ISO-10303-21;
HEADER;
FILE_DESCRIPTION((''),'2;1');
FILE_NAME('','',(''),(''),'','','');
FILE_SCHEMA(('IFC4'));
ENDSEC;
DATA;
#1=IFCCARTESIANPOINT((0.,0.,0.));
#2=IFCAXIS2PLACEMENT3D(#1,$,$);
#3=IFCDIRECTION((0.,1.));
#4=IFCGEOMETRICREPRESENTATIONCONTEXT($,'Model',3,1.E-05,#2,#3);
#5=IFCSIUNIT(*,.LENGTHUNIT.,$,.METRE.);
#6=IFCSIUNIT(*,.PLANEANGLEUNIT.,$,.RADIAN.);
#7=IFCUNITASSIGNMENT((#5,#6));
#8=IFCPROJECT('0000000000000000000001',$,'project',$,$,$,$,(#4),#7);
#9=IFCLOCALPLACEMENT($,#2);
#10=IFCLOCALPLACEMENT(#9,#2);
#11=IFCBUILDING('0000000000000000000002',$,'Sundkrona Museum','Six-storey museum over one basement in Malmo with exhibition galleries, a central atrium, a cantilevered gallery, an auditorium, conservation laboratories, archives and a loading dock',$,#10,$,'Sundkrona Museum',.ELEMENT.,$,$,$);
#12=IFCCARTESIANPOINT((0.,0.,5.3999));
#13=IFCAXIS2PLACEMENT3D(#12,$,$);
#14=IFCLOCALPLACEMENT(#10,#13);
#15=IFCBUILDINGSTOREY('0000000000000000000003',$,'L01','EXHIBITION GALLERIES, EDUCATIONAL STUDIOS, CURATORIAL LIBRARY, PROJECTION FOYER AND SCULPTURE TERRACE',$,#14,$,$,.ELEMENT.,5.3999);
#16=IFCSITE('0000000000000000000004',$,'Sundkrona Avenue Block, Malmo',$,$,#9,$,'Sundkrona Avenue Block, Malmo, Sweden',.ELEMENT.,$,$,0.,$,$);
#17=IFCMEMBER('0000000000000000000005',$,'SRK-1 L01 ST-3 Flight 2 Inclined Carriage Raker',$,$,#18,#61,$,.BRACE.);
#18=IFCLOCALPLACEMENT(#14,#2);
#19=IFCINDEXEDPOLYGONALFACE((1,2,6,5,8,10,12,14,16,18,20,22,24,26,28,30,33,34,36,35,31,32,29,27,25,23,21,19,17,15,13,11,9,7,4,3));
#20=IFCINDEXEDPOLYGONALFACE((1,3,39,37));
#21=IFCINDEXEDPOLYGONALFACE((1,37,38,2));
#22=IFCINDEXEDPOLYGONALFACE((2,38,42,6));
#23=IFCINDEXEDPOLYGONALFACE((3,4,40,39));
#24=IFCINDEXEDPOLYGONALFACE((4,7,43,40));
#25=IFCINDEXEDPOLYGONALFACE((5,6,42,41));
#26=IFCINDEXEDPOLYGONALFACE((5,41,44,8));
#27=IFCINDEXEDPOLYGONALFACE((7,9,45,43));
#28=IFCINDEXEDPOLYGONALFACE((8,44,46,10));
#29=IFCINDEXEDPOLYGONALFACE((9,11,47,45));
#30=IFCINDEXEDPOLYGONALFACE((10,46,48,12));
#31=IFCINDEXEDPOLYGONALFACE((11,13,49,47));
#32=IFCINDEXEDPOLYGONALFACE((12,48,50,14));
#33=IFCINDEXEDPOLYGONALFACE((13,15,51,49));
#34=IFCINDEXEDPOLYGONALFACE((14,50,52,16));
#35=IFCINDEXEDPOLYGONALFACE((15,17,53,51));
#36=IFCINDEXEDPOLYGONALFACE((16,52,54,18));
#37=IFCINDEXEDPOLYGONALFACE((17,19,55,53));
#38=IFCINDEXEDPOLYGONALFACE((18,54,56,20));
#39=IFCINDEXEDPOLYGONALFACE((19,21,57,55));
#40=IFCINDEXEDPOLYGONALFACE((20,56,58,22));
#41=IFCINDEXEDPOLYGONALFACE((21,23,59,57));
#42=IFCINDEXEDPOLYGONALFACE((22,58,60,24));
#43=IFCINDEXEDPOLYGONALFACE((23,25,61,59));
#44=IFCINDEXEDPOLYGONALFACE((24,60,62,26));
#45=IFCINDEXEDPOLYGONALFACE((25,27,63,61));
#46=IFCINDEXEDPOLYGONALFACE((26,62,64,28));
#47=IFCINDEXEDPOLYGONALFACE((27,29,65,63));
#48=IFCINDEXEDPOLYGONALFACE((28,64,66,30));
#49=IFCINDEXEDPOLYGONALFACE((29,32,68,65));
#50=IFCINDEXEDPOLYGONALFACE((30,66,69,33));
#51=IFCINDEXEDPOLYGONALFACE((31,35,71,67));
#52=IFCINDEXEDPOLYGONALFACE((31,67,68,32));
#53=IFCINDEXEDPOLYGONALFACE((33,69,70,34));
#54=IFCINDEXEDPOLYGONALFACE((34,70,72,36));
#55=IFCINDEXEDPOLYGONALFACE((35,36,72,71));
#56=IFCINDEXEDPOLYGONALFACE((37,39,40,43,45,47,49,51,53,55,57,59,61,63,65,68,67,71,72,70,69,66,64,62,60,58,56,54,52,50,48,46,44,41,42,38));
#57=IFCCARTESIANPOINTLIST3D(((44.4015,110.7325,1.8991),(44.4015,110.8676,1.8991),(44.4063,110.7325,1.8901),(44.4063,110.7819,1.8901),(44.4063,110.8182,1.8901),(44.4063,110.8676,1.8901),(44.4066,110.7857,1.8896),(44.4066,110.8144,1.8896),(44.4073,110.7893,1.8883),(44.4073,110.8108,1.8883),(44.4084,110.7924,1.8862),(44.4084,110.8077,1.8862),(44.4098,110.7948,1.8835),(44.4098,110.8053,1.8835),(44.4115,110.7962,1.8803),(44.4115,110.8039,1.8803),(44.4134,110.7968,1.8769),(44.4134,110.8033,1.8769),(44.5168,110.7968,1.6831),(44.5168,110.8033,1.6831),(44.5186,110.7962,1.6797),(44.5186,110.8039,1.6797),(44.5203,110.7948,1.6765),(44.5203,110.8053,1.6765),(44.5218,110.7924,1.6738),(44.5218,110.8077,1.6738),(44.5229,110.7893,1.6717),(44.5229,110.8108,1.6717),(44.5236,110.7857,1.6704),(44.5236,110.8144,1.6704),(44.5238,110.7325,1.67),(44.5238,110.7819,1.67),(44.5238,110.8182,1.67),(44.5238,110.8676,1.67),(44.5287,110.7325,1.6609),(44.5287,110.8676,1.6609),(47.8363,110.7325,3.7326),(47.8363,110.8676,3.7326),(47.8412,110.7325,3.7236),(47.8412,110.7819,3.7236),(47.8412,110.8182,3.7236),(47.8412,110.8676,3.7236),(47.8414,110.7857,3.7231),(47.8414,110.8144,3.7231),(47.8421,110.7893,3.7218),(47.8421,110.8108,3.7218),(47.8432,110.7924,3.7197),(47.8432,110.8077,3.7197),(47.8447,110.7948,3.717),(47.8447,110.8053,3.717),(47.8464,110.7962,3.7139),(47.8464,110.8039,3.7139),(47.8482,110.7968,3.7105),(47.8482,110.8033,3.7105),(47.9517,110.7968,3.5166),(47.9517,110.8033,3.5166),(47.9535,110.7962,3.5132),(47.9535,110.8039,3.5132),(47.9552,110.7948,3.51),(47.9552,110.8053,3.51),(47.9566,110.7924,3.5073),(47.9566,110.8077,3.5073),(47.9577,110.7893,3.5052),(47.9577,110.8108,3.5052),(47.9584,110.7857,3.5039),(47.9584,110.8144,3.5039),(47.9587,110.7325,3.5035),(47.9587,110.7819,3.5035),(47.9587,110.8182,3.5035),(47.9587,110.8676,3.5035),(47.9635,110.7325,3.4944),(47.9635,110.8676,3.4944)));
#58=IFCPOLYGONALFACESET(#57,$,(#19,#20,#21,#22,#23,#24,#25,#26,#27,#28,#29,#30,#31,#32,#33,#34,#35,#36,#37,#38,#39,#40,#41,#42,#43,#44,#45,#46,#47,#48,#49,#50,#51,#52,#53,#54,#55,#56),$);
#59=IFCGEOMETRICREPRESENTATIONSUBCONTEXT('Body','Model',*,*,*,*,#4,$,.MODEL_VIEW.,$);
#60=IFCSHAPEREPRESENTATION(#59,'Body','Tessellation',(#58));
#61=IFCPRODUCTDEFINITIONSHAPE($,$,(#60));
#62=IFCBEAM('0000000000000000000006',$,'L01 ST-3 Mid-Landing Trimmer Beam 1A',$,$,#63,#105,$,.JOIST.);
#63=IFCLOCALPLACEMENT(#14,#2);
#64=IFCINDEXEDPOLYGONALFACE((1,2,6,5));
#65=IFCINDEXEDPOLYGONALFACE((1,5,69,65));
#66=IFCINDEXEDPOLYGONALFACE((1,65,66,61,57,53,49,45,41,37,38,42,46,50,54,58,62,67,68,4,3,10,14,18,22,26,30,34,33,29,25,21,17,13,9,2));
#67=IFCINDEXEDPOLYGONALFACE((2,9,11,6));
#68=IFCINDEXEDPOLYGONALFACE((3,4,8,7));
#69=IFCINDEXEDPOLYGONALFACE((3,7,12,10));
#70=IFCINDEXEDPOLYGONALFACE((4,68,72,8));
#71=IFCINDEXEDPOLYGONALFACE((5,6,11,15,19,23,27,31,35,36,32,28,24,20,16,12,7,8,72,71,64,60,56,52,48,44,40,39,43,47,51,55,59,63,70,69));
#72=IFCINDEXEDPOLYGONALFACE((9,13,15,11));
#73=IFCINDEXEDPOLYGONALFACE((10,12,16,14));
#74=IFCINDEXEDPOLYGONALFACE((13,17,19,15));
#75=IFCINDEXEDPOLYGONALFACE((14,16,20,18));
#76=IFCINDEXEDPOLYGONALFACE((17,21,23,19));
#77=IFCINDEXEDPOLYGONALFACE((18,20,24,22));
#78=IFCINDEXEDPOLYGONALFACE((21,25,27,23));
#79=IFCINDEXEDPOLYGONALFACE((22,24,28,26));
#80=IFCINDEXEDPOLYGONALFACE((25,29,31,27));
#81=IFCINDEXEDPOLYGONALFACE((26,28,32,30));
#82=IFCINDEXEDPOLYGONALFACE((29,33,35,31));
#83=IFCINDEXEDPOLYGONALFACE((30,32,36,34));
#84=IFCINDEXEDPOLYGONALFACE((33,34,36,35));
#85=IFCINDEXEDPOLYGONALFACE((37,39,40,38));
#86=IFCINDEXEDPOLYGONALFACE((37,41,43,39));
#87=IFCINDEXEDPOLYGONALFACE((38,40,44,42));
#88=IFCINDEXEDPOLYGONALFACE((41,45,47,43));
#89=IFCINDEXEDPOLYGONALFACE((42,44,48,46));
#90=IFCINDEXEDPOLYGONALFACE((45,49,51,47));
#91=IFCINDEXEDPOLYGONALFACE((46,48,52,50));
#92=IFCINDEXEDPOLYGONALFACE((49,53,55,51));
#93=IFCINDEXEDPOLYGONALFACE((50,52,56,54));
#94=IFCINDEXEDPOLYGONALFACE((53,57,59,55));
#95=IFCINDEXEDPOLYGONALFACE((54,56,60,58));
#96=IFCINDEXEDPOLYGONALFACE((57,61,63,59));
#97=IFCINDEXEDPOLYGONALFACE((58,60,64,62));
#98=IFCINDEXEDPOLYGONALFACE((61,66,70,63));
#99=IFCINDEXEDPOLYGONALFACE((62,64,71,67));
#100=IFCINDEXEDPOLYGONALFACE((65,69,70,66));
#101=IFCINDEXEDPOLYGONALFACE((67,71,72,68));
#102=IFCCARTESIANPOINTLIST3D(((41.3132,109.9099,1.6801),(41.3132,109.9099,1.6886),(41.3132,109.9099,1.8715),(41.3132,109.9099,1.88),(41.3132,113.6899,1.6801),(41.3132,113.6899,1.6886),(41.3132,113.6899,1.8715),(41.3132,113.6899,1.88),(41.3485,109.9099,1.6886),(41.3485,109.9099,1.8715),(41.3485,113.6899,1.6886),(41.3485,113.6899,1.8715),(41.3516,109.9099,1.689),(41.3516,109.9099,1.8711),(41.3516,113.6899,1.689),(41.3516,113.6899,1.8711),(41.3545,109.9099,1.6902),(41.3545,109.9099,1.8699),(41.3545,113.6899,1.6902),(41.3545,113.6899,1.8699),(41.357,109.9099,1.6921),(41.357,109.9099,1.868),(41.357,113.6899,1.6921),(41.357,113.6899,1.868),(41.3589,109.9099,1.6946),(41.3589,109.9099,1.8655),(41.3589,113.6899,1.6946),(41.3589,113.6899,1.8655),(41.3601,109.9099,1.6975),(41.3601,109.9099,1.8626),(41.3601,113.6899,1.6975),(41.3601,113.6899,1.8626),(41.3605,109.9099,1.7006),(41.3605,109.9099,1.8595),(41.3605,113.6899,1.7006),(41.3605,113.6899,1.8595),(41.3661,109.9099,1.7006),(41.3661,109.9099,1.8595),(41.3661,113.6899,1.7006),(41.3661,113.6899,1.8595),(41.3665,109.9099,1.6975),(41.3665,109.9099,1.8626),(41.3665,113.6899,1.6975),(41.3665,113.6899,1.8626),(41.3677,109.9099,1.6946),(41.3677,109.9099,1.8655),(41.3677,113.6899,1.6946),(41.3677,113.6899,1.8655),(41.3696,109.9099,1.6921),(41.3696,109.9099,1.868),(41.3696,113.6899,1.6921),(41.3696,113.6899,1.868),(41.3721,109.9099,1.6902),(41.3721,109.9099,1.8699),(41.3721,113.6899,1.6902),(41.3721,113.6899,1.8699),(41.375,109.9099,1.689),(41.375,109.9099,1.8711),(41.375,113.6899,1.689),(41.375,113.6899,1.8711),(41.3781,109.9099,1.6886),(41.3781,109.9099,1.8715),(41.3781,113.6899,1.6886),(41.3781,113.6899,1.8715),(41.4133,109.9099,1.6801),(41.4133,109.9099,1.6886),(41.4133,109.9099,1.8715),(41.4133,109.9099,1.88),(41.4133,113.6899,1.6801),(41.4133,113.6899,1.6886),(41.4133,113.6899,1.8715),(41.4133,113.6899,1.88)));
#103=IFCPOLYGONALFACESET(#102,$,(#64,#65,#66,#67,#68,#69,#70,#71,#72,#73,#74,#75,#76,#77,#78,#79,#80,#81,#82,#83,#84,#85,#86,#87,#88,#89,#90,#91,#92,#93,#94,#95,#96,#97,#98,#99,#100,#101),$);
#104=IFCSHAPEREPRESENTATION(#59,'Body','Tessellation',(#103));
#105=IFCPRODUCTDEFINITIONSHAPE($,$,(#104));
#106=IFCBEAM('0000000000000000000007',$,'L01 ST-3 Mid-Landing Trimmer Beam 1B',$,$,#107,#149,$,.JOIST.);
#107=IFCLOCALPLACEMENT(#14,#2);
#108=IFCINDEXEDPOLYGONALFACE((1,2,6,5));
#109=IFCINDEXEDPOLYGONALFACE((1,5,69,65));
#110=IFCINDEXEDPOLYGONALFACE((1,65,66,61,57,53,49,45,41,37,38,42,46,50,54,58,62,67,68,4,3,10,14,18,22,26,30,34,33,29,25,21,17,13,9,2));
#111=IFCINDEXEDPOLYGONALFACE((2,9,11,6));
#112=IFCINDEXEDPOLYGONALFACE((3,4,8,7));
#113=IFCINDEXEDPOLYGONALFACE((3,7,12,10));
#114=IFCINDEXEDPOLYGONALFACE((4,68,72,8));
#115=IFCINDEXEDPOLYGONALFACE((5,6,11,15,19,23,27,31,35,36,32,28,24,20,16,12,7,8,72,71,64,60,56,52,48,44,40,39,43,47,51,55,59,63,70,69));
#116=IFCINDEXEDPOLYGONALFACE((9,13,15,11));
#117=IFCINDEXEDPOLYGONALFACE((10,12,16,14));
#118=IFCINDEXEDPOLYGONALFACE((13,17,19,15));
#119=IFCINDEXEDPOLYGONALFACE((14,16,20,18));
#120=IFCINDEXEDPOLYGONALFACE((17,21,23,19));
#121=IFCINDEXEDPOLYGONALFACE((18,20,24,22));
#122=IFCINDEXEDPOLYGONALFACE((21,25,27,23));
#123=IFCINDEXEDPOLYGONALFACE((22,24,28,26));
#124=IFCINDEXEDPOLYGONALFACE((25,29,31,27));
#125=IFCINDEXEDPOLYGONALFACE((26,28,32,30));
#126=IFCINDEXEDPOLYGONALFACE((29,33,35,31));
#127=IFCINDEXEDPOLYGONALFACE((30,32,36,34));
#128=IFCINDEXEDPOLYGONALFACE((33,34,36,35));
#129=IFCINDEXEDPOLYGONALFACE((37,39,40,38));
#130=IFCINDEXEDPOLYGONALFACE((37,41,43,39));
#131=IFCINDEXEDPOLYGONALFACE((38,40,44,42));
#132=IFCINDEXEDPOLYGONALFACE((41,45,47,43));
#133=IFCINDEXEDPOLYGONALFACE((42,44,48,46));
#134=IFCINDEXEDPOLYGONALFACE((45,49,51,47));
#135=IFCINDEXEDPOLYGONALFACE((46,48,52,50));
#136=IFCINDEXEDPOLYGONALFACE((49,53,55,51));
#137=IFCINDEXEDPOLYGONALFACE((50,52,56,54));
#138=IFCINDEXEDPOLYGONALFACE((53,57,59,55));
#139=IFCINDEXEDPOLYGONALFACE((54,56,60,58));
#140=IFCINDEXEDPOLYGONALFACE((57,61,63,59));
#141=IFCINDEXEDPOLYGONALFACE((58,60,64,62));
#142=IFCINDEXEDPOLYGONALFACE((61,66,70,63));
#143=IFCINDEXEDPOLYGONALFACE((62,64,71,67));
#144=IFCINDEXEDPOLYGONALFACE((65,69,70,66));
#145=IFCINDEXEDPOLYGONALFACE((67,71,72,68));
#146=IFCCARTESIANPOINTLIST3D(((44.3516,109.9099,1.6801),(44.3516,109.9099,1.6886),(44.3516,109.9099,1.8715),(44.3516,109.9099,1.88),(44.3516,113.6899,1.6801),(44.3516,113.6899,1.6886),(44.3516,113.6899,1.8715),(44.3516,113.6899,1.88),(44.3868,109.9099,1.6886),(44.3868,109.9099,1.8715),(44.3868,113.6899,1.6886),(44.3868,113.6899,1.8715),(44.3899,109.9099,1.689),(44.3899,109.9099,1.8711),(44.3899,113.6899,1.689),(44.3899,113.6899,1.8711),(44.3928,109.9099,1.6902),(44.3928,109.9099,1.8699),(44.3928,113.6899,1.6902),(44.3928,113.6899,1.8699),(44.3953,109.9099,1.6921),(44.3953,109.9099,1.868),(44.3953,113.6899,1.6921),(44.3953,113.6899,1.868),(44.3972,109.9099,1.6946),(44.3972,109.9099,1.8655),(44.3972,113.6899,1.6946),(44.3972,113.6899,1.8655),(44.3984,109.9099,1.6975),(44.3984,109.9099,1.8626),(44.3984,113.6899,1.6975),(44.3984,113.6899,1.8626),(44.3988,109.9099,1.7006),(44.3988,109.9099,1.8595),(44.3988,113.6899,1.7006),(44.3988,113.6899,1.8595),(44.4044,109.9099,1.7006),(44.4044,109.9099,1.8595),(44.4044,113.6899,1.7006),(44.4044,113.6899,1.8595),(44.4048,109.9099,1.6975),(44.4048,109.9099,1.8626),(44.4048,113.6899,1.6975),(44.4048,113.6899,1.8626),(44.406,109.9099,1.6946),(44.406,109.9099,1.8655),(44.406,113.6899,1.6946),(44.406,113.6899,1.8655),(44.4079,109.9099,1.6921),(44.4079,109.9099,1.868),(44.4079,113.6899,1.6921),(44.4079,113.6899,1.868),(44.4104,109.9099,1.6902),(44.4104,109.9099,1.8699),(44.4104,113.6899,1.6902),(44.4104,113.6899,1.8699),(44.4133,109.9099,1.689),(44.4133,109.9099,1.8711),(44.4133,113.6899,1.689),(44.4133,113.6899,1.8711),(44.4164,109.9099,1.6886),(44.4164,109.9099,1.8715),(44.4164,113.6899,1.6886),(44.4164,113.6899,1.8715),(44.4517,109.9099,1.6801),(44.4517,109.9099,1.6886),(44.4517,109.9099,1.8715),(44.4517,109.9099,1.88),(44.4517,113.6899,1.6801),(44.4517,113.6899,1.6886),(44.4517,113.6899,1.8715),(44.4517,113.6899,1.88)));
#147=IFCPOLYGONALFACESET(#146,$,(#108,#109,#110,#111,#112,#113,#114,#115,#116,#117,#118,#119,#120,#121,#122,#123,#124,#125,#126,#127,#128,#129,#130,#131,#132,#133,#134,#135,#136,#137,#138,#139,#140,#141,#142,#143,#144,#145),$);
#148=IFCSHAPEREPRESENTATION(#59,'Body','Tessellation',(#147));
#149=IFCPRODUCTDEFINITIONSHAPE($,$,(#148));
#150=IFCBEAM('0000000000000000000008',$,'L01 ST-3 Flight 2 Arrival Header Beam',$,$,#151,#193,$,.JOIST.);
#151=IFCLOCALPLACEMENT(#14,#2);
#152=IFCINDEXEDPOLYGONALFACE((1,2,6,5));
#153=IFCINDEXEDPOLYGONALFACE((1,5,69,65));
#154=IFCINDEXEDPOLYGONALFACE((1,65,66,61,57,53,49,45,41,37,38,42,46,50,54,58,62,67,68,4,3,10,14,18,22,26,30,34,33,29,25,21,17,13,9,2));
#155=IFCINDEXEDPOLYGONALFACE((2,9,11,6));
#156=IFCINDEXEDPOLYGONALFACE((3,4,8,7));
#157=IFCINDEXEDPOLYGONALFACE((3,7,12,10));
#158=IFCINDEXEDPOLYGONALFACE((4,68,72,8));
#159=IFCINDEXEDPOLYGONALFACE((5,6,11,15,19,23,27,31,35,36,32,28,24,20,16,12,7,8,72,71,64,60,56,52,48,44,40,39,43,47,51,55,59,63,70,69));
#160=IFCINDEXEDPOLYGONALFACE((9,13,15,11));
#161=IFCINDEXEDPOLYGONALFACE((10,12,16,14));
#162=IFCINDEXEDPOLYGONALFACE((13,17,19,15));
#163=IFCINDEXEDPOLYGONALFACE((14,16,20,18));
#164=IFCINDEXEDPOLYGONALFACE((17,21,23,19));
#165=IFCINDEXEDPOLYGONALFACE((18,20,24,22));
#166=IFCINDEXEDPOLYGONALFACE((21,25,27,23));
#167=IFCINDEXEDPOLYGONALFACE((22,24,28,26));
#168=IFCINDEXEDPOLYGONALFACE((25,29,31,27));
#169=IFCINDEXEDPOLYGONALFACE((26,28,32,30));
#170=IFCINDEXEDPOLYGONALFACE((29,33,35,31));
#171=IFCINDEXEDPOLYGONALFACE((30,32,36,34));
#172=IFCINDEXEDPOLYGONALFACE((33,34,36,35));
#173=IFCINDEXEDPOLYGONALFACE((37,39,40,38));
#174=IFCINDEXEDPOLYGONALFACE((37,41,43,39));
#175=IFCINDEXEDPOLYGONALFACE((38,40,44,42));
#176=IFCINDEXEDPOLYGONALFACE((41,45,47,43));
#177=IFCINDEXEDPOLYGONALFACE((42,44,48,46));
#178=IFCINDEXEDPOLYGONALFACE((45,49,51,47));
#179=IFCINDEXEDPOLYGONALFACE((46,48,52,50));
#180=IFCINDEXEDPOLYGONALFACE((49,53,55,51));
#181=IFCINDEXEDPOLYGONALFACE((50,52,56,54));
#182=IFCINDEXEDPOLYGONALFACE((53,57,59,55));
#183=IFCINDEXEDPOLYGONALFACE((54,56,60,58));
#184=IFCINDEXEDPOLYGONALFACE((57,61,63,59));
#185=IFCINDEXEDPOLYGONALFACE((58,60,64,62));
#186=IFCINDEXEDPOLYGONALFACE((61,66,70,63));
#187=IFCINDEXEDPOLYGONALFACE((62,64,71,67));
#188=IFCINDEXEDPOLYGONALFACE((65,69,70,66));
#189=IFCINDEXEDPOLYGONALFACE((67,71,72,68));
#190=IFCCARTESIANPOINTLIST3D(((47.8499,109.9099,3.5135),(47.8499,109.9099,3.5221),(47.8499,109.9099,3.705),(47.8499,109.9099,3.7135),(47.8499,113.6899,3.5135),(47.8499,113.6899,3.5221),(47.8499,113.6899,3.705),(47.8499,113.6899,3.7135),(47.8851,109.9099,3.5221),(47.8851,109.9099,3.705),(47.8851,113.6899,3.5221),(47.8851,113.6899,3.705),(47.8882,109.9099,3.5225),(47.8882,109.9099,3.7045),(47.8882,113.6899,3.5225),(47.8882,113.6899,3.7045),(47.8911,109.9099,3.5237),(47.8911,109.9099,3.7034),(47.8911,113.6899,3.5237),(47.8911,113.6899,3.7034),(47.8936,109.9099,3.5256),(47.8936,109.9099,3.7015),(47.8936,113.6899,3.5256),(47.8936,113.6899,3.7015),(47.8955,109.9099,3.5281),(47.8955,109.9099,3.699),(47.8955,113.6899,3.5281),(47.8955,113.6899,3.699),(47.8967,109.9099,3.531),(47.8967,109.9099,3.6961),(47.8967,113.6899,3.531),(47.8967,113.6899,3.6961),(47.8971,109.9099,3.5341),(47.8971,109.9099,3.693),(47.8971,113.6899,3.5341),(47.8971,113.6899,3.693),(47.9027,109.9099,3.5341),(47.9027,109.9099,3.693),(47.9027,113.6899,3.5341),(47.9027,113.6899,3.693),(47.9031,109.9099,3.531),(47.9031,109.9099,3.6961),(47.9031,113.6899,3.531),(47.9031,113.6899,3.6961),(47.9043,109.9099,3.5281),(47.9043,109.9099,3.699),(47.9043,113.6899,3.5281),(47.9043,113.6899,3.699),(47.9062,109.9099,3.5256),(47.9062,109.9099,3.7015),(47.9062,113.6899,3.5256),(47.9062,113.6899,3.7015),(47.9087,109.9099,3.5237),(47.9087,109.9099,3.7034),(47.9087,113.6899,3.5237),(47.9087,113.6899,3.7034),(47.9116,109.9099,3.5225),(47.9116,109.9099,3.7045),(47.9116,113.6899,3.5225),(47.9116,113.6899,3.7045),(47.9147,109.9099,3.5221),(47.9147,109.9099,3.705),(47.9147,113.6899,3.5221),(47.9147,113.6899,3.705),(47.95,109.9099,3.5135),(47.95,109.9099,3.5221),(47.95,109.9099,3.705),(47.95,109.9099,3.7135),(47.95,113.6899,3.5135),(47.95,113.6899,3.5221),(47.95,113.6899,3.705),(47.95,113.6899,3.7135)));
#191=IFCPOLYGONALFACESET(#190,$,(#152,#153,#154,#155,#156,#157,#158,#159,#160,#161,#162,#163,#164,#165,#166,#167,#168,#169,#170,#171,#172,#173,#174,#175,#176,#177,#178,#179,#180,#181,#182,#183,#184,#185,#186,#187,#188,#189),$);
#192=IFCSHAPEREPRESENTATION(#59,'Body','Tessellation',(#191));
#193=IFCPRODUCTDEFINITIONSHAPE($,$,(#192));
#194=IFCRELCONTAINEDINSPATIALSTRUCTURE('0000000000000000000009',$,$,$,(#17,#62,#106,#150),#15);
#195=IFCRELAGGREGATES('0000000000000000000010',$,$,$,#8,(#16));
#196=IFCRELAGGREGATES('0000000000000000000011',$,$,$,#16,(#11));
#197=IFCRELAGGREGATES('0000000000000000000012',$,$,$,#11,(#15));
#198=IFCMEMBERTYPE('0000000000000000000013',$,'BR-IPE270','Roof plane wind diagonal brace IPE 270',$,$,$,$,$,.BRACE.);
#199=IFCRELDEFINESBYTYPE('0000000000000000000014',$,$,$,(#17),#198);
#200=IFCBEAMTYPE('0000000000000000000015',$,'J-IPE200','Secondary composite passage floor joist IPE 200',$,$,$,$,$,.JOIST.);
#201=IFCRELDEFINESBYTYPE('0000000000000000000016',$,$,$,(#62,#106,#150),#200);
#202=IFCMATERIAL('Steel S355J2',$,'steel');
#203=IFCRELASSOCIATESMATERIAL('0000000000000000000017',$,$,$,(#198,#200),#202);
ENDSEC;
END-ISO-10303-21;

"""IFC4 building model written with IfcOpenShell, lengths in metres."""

from ifc_helpers import new_model, si_unit, direction, frame, origin, origin_2d, place, context, subcontext, project, spatial, i_section, extrude, material, material_profile, profile_set, type_object, element, save


model = new_model("IFC4")

# Units and contexts
model_context = context("Model", 3, precision=1e-05, world=origin(), true_north=direction((0.0, 1.0)))
body_context = subcontext(model_context, "Body", "Model", "MODEL_VIEW")
ifc_project = project(units=[si_unit("LENGTHUNIT", "METRE"), si_unit("PLANEANGLEUNIT", "RADIAN")], contexts=[model_context])

# Site, building, storey
site_placement = place(None, origin())
site = spatial("IfcSite", under=ifc_project, at=site_placement, Name="Sundkrona Avenue Block, Malmo", LongName="Sundkrona Avenue Block, Malmo, Sweden", CompositionType="ELEMENT", RefElevation=0.0)
building_placement = place(site_placement, origin())
building = spatial("IfcBuilding", under=site, at=building_placement, Name="Sundkrona Museum", Description="Six-storey museum over one basement in Malmo with exhibition galleries, a central atrium, a cantilevered gallery, an auditorium, conservation laboratories, archives and a loading dock", LongName="Sundkrona Museum", CompositionType="ELEMENT")
storey_placement = place(building_placement, frame((0.0, 0.0, 5.3999)))
storey = spatial("IfcBuildingStorey", under=building, at=storey_placement, Name="L01", Description="EXHIBITION GALLERIES, EDUCATIONAL STUDIOS, CURATORIAL LIBRARY, PROJECTION FOYER AND SCULPTURE TERRACE", CompositionType="ELEMENT", Elevation=5.3999)

# Shared definitions
ifc_material_1 = material(Name="Steel S355J2", Category="steel")

# Member
ifc_material_profile_1 = material_profile(ifc_material_1, i_section(OverallWidth=0.135, OverallDepth=0.27, WebThickness=0.0066, FlangeThickness=0.0103, FilletRadius=0.0149, at=origin_2d()), Name="IPE 270")
ifc_profile_set_1 = profile_set([ifc_material_profile_1], Name="Steel S355J2")
member_type = type_object("IfcMemberType", Name="BR-IPE270", Description="Roof plane wind diagonal brace IPE 270", PredefinedType="BRACE", material=ifc_profile_set_1)
member_placement = place(storey_placement, frame((44.4651, 110.8, 1.78), z_axis=(0.882183, 0.0, 0.470907), x_axis=(0.0, 1.0, 0.0)))
element("IfcMember", 1, at=member_placement, inside=storey, type_object=member_type, Name="SRK-1 L01 ST-3 Flight 2 Inclined Carriage Raker", PredefinedType="BRACE", context=body_context, shape_type="SweptSolid", body=[
    extrude(i_section(OverallWidth=0.135, OverallDepth=0.27, WebThickness=0.0066, FlangeThickness=0.0103, FilletRadius=0.0149, at=origin_2d()), origin(), (0.0, 0.0, 1.0), 3.8936),
])

# Beams
ifc_material_profile_2 = material_profile(ifc_material_1, i_section(OverallWidth=0.1001, OverallDepth=0.2, WebThickness=0.0056, FlangeThickness=0.0085, FilletRadius=0.012, at=origin_2d()), Name="IPE 200")
ifc_profile_set_2 = profile_set([ifc_material_profile_2], Name="Steel S355J2")
beam_type_1 = type_object("IfcBeamType", Name="J-IPE200", Description="Secondary composite passage floor joist IPE 200", PredefinedType="JOIST", material=ifc_profile_set_2)
for number, where, z_axis, x_axis, name in (
    (2, (41.3633, 109.9099, 1.78), (0.0, 1.0, 0.0), (-1.0, 0.0, 0.0), "L01 ST-3 Mid-Landing Trimmer Beam 1A"),
    (3, (44.4016, 109.9099, 1.78), (0.0, 1.0, 0.0), (-1.0, 0.0, 0.0), "L01 ST-3 Mid-Landing Trimmer Beam 1B"),
    (4, (47.8999, 109.9099, 3.6135), (0.0, 1.0, 0.0), (-1.0, 0.0, 0.0), "L01 ST-3 Flight 2 Arrival Header Beam"),
):
    element("IfcBeam", number, at=place(storey_placement, frame(where, z_axis=z_axis, x_axis=x_axis)), inside=storey, type_object=beam_type_1, Name=name, PredefinedType="JOIST", context=body_context, shape_type="SweptSolid", body=[
        extrude(i_section(OverallWidth=0.1001, OverallDepth=0.2, WebThickness=0.0056, FlangeThickness=0.0085, FilletRadius=0.012, at=origin_2d()), origin(), (0.0, 0.0, 1.0), 3.78),
    ])

save(model, "model.ifc")
